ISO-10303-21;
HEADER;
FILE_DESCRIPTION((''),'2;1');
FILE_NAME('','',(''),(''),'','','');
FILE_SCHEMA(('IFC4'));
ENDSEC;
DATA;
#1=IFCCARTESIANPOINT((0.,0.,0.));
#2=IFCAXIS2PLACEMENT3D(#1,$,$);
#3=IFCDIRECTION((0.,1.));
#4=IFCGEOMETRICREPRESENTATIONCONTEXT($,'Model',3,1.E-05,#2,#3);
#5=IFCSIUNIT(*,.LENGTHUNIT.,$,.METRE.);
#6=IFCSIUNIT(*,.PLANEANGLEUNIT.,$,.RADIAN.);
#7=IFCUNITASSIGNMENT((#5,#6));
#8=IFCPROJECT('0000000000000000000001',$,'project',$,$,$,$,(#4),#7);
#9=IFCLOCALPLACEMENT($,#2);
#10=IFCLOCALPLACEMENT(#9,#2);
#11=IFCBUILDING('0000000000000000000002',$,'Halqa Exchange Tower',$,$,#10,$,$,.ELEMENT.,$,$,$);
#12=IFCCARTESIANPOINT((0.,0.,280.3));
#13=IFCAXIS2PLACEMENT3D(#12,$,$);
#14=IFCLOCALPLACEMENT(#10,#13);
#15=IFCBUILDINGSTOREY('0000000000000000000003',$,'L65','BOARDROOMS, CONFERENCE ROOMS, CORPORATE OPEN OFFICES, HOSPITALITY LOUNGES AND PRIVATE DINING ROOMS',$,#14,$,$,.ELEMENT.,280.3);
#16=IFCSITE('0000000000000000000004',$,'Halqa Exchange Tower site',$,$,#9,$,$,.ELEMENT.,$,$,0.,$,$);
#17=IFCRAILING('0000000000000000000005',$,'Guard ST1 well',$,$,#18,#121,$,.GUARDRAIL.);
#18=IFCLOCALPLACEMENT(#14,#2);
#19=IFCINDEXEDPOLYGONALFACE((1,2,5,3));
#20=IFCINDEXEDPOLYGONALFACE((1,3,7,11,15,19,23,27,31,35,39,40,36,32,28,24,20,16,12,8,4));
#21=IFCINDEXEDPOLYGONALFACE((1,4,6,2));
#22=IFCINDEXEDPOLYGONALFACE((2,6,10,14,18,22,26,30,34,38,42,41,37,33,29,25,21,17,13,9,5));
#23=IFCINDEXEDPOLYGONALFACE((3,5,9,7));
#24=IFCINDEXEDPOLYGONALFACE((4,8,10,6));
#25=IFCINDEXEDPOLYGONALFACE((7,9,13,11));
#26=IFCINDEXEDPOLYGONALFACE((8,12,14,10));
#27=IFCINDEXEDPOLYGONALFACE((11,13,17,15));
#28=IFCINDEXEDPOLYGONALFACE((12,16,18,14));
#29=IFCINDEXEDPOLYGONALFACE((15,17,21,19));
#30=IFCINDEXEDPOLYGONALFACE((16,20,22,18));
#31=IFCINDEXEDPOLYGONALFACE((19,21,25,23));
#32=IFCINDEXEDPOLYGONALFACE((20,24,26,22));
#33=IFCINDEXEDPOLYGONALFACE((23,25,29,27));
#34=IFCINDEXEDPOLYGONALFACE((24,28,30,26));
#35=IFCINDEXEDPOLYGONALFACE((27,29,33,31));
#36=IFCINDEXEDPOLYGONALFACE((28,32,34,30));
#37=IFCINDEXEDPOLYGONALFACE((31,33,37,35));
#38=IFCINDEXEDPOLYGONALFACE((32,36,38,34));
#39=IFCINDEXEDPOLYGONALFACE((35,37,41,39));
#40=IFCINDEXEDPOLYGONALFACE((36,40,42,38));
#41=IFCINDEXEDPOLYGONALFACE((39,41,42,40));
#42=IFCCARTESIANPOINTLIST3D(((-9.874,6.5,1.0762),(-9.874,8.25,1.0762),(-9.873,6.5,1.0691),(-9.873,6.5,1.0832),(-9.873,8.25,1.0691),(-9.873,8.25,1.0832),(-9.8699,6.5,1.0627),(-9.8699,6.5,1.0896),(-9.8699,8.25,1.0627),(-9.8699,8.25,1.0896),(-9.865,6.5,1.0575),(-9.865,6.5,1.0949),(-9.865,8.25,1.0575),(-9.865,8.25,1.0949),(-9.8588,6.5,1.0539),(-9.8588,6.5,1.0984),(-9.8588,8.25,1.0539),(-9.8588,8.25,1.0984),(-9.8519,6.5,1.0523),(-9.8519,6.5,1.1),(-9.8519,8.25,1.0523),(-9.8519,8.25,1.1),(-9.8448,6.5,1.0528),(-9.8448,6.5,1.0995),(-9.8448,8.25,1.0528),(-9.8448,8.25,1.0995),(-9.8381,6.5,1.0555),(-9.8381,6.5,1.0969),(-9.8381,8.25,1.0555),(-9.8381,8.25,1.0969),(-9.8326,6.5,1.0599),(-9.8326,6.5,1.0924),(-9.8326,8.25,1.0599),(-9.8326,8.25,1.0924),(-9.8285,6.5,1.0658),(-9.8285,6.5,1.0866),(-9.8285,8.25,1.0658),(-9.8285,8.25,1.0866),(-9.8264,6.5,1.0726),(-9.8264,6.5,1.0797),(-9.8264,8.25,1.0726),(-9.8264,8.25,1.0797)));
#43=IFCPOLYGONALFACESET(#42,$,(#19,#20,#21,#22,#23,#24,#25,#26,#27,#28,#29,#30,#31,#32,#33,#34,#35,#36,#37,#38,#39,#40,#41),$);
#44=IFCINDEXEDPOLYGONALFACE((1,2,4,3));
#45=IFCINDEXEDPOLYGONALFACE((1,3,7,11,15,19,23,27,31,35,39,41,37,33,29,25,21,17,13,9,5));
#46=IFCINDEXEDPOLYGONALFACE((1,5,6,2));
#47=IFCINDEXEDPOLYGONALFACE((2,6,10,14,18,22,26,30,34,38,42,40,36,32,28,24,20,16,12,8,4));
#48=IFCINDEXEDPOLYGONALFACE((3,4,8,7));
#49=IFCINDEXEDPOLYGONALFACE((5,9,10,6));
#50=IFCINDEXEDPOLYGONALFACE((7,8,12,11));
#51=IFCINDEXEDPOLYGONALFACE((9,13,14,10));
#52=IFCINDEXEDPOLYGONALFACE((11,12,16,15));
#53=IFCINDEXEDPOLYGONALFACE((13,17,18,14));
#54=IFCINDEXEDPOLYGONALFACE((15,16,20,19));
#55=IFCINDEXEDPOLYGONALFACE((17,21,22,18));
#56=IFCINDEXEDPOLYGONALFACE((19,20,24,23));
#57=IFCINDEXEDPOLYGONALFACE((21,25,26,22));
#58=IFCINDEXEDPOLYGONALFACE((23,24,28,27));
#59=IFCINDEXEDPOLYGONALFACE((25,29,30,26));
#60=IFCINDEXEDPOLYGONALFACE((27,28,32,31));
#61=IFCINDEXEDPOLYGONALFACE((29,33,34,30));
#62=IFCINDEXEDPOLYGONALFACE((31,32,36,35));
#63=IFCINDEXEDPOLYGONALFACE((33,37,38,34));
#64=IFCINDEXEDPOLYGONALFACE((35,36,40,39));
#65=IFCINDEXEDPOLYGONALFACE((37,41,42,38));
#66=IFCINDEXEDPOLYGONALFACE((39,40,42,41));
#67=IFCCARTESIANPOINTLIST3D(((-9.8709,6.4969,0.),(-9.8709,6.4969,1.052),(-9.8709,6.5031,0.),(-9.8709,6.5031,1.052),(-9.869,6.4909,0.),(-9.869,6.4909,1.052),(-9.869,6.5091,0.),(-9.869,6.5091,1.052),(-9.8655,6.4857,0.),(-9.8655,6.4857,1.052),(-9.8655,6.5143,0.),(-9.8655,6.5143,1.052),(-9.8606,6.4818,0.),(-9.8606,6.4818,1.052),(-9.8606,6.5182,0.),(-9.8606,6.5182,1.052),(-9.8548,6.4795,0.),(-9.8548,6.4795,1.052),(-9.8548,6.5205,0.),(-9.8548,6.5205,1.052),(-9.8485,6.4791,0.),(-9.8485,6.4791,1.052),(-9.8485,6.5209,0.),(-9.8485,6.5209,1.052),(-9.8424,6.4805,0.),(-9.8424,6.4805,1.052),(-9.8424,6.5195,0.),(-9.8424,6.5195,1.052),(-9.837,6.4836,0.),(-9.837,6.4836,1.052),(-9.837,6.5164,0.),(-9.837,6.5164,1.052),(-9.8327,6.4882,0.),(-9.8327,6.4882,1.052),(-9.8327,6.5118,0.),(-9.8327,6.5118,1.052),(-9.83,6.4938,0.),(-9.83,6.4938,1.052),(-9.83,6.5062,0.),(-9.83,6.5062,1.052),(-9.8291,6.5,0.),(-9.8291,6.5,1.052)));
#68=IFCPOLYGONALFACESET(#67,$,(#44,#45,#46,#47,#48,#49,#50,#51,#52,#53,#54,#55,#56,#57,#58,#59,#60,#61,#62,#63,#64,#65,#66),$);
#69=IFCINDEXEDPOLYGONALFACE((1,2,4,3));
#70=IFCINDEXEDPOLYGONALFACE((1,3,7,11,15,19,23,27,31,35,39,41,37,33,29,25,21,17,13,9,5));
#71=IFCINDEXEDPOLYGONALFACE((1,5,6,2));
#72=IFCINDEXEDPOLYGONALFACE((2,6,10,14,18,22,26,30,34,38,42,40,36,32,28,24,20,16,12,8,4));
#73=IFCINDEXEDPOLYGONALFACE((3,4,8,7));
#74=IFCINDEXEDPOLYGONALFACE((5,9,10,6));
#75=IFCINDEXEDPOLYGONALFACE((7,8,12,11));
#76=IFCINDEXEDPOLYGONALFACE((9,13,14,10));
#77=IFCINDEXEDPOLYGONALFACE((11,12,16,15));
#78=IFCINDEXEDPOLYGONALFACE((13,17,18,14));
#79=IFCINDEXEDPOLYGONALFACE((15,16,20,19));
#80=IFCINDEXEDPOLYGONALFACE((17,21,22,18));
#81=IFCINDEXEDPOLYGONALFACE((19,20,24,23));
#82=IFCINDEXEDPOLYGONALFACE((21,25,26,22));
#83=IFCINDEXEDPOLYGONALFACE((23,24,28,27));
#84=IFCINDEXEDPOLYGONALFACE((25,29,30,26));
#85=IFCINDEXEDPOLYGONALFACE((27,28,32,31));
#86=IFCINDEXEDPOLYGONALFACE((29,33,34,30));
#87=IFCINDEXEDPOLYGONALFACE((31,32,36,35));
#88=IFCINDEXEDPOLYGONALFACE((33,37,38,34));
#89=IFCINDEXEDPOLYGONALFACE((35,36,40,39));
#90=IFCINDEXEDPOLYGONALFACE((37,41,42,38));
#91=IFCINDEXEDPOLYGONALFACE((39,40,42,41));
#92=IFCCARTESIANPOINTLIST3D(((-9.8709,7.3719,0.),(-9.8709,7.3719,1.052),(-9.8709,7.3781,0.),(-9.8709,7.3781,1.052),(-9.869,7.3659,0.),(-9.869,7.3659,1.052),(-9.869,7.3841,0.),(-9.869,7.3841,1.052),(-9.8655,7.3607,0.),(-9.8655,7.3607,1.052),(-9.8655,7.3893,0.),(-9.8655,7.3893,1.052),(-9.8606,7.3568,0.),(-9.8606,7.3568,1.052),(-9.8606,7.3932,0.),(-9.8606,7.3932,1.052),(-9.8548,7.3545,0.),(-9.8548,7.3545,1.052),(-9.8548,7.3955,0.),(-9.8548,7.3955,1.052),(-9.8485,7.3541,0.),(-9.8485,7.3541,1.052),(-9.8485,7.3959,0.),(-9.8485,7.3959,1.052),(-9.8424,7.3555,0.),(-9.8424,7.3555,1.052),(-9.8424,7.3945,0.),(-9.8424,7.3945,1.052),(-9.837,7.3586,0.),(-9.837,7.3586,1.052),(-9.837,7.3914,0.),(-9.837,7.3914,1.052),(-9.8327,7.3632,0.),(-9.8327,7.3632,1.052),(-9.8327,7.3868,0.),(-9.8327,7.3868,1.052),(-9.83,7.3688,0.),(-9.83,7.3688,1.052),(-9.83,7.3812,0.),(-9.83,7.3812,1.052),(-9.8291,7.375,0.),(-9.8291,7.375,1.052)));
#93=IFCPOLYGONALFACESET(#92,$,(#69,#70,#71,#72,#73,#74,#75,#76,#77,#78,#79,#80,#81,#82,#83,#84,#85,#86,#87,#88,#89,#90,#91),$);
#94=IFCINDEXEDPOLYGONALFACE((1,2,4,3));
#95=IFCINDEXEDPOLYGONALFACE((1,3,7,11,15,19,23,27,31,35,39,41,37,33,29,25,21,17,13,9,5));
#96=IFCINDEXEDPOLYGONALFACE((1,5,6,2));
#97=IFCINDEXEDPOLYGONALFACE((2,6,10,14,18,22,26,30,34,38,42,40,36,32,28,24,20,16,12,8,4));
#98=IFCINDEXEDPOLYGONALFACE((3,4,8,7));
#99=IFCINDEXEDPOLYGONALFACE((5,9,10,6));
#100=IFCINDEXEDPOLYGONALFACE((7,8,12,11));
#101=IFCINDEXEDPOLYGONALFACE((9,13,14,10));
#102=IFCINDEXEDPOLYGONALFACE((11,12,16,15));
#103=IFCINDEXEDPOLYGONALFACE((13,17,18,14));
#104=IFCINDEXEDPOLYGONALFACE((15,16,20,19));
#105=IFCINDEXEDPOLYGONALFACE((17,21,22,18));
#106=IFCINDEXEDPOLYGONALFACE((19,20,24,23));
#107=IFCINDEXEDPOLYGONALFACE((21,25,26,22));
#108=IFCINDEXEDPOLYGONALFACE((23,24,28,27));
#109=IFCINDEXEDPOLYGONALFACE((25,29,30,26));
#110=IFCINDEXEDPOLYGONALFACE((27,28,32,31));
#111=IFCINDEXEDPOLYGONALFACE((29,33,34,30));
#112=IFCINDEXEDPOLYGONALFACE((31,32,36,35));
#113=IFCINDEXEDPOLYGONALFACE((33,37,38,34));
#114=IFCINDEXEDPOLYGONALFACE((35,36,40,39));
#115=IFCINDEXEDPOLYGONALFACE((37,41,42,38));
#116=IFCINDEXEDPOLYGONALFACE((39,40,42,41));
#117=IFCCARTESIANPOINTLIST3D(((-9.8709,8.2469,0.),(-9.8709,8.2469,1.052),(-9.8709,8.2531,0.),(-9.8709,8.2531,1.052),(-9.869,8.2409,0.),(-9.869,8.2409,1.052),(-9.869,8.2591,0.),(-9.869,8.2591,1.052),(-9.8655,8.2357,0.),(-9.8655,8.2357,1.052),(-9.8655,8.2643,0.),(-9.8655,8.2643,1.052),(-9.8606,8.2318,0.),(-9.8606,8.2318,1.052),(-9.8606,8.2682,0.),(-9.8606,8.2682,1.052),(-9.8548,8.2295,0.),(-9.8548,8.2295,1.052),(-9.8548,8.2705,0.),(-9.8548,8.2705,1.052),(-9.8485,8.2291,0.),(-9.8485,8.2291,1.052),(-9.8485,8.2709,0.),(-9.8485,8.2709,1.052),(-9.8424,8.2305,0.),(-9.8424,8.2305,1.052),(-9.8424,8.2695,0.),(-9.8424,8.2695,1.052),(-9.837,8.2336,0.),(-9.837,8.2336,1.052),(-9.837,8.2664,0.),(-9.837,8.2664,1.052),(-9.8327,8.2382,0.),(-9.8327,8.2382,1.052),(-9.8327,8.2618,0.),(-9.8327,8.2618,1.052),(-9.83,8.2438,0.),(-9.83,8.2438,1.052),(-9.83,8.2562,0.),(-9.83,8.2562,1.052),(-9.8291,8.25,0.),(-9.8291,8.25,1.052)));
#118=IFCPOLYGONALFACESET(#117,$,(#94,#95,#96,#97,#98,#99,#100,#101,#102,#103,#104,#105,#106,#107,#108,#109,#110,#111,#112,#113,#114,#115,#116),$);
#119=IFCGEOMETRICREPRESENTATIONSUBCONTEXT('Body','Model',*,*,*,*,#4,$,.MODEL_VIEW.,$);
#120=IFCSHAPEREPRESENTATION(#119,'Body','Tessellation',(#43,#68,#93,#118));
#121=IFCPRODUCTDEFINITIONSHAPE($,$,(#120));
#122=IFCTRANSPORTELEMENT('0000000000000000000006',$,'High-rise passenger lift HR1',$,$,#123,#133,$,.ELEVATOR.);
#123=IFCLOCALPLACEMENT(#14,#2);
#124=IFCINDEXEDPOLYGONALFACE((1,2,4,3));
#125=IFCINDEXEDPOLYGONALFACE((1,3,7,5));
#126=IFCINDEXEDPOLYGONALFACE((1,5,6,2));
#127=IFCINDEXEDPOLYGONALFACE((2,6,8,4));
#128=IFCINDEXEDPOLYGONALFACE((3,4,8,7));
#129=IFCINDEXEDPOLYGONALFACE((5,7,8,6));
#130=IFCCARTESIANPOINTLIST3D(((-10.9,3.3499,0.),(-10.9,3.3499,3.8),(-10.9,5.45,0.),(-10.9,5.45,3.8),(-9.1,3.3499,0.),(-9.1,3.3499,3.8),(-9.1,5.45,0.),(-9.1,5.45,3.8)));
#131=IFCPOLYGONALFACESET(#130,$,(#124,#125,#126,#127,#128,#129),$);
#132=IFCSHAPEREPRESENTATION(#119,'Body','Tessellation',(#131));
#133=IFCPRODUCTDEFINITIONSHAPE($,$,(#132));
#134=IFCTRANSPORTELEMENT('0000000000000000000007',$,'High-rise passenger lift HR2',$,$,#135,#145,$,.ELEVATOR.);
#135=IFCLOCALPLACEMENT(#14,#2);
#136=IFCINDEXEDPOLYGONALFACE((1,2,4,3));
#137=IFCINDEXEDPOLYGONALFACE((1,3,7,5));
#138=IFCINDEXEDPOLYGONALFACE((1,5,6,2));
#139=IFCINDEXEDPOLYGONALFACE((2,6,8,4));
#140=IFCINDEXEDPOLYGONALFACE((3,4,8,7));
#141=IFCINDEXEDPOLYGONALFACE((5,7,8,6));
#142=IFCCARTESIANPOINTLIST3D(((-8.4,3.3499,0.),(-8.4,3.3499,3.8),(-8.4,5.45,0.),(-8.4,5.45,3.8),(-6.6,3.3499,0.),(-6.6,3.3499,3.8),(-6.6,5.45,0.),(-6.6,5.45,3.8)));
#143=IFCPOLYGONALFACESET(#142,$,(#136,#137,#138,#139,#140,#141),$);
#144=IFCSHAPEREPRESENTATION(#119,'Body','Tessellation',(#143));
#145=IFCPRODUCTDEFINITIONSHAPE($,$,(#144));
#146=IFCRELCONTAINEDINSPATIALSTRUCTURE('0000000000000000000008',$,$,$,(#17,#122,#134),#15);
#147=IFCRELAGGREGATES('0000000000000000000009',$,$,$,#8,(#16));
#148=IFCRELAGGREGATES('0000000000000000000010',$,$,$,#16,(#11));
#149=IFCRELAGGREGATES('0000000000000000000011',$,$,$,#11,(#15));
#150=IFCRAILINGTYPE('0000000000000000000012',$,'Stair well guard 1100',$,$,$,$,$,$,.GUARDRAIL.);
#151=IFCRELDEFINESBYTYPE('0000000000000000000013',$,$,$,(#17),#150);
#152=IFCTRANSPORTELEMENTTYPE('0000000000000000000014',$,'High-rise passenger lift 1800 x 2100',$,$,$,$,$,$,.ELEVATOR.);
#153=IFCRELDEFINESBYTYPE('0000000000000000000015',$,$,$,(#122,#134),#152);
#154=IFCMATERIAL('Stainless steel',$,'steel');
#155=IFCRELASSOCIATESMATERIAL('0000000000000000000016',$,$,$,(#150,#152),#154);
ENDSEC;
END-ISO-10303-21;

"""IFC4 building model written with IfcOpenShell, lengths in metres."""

from ifc_helpers import new_model, si_unit, direction, frame, origin, origin_2d, place, context, subcontext, project, spatial, rectangle, circle, extrude, material, type_object, element, save


model = new_model("IFC4")

# Units and contexts
model_context = context("Model", 3, precision=1e-05, world=origin(), true_north=direction((0.0, 1.0)))
body_context = subcontext(model_context, "Body", "Model", "MODEL_VIEW")
ifc_project = project(units=[si_unit("LENGTHUNIT", "METRE"), si_unit("PLANEANGLEUNIT", "RADIAN")], contexts=[model_context])

# Site, building, storey
site_placement = place(None, origin())
site = spatial("IfcSite", under=ifc_project, at=site_placement, Name="Halqa Exchange Tower site", CompositionType="ELEMENT", RefElevation=0.0)
building_placement = place(site_placement, origin())
building = spatial("IfcBuilding", under=site, at=building_placement, Name="Halqa Exchange Tower", CompositionType="ELEMENT")
storey_placement = place(building_placement, frame((0.0, 0.0, 280.3)))
storey = spatial("IfcBuildingStorey", under=building, at=storey_placement, Name="L65", Description="BOARDROOMS, CONFERENCE ROOMS, CORPORATE OPEN OFFICES, HOSPITALITY LOUNGES AND PRIVATE DINING ROOMS", CompositionType="ELEMENT", Elevation=280.3)

# Shared definitions
ifc_material_1 = material(Name="Stainless steel", Category="steel")

# Railing
railing_type_1 = type_object("IfcRailingType", Name="Stair well guard 1100", PredefinedType="GUARDRAIL", material=ifc_material_1)
railing_1_placement = place(storey_placement, frame((-9.8501, 6.5, 0.0)))
element("IfcRailing", 1, at=railing_1_placement, inside=storey, type_object=railing_type_1, Name="Guard ST1 well", PredefinedType="GUARDRAIL", context=body_context, shape_type="SweptSolid", body=[
    extrude(circle(Radius=0.0239, at=origin_2d()), frame((0.0, 0.0, 1.0762), z_axis=(0.0, 1.0, 0.0), x_axis=(-1.0, 0.0, 0.0)), (0.0, 0.0, 1.0), 1.75),
    extrude(circle(Radius=0.021, at=origin_2d()), origin(), (0.0, 0.0, 1.0), 1.052),
    extrude(circle(Radius=0.021, at=origin_2d()), frame((0.0, 0.875, 0.0)), (0.0, 0.0, 1.0), 1.052),
    extrude(circle(Radius=0.021, at=origin_2d()), frame((0.0, 1.75, 0.0)), (0.0, 0.0, 1.0), 1.052),
])

# Transport elements
transport_element_type = type_object("IfcTransportElementType", Name="High-rise passenger lift 1800 x 2100", PredefinedType="ELEVATOR", material=ifc_material_1)
for number, where, z_axis, x_axis, name in (
    (2, (-10.0, 4.3999, 0.0), (0.0, 0.0, 1.0), (1.0, 0.0, 0.0), "High-rise passenger lift HR1"),
    (3, (-7.5, 4.3999, 0.0), (0.0, 0.0, 1.0), (1.0, 0.0, 0.0), "High-rise passenger lift HR2"),
):
    element("IfcTransportElement", number, at=place(storey_placement, frame(where, z_axis=z_axis, x_axis=x_axis)), inside=storey, type_object=transport_element_type, Name=name, PredefinedType="ELEVATOR", context=body_context, shape_type="SweptSolid", body=[
        extrude(rectangle(XDim=1.8, YDim=2.1001, at=origin_2d()), origin(), (0.0, 0.0, 1.0), 3.8),
    ])

save(model, "model.ifc")
